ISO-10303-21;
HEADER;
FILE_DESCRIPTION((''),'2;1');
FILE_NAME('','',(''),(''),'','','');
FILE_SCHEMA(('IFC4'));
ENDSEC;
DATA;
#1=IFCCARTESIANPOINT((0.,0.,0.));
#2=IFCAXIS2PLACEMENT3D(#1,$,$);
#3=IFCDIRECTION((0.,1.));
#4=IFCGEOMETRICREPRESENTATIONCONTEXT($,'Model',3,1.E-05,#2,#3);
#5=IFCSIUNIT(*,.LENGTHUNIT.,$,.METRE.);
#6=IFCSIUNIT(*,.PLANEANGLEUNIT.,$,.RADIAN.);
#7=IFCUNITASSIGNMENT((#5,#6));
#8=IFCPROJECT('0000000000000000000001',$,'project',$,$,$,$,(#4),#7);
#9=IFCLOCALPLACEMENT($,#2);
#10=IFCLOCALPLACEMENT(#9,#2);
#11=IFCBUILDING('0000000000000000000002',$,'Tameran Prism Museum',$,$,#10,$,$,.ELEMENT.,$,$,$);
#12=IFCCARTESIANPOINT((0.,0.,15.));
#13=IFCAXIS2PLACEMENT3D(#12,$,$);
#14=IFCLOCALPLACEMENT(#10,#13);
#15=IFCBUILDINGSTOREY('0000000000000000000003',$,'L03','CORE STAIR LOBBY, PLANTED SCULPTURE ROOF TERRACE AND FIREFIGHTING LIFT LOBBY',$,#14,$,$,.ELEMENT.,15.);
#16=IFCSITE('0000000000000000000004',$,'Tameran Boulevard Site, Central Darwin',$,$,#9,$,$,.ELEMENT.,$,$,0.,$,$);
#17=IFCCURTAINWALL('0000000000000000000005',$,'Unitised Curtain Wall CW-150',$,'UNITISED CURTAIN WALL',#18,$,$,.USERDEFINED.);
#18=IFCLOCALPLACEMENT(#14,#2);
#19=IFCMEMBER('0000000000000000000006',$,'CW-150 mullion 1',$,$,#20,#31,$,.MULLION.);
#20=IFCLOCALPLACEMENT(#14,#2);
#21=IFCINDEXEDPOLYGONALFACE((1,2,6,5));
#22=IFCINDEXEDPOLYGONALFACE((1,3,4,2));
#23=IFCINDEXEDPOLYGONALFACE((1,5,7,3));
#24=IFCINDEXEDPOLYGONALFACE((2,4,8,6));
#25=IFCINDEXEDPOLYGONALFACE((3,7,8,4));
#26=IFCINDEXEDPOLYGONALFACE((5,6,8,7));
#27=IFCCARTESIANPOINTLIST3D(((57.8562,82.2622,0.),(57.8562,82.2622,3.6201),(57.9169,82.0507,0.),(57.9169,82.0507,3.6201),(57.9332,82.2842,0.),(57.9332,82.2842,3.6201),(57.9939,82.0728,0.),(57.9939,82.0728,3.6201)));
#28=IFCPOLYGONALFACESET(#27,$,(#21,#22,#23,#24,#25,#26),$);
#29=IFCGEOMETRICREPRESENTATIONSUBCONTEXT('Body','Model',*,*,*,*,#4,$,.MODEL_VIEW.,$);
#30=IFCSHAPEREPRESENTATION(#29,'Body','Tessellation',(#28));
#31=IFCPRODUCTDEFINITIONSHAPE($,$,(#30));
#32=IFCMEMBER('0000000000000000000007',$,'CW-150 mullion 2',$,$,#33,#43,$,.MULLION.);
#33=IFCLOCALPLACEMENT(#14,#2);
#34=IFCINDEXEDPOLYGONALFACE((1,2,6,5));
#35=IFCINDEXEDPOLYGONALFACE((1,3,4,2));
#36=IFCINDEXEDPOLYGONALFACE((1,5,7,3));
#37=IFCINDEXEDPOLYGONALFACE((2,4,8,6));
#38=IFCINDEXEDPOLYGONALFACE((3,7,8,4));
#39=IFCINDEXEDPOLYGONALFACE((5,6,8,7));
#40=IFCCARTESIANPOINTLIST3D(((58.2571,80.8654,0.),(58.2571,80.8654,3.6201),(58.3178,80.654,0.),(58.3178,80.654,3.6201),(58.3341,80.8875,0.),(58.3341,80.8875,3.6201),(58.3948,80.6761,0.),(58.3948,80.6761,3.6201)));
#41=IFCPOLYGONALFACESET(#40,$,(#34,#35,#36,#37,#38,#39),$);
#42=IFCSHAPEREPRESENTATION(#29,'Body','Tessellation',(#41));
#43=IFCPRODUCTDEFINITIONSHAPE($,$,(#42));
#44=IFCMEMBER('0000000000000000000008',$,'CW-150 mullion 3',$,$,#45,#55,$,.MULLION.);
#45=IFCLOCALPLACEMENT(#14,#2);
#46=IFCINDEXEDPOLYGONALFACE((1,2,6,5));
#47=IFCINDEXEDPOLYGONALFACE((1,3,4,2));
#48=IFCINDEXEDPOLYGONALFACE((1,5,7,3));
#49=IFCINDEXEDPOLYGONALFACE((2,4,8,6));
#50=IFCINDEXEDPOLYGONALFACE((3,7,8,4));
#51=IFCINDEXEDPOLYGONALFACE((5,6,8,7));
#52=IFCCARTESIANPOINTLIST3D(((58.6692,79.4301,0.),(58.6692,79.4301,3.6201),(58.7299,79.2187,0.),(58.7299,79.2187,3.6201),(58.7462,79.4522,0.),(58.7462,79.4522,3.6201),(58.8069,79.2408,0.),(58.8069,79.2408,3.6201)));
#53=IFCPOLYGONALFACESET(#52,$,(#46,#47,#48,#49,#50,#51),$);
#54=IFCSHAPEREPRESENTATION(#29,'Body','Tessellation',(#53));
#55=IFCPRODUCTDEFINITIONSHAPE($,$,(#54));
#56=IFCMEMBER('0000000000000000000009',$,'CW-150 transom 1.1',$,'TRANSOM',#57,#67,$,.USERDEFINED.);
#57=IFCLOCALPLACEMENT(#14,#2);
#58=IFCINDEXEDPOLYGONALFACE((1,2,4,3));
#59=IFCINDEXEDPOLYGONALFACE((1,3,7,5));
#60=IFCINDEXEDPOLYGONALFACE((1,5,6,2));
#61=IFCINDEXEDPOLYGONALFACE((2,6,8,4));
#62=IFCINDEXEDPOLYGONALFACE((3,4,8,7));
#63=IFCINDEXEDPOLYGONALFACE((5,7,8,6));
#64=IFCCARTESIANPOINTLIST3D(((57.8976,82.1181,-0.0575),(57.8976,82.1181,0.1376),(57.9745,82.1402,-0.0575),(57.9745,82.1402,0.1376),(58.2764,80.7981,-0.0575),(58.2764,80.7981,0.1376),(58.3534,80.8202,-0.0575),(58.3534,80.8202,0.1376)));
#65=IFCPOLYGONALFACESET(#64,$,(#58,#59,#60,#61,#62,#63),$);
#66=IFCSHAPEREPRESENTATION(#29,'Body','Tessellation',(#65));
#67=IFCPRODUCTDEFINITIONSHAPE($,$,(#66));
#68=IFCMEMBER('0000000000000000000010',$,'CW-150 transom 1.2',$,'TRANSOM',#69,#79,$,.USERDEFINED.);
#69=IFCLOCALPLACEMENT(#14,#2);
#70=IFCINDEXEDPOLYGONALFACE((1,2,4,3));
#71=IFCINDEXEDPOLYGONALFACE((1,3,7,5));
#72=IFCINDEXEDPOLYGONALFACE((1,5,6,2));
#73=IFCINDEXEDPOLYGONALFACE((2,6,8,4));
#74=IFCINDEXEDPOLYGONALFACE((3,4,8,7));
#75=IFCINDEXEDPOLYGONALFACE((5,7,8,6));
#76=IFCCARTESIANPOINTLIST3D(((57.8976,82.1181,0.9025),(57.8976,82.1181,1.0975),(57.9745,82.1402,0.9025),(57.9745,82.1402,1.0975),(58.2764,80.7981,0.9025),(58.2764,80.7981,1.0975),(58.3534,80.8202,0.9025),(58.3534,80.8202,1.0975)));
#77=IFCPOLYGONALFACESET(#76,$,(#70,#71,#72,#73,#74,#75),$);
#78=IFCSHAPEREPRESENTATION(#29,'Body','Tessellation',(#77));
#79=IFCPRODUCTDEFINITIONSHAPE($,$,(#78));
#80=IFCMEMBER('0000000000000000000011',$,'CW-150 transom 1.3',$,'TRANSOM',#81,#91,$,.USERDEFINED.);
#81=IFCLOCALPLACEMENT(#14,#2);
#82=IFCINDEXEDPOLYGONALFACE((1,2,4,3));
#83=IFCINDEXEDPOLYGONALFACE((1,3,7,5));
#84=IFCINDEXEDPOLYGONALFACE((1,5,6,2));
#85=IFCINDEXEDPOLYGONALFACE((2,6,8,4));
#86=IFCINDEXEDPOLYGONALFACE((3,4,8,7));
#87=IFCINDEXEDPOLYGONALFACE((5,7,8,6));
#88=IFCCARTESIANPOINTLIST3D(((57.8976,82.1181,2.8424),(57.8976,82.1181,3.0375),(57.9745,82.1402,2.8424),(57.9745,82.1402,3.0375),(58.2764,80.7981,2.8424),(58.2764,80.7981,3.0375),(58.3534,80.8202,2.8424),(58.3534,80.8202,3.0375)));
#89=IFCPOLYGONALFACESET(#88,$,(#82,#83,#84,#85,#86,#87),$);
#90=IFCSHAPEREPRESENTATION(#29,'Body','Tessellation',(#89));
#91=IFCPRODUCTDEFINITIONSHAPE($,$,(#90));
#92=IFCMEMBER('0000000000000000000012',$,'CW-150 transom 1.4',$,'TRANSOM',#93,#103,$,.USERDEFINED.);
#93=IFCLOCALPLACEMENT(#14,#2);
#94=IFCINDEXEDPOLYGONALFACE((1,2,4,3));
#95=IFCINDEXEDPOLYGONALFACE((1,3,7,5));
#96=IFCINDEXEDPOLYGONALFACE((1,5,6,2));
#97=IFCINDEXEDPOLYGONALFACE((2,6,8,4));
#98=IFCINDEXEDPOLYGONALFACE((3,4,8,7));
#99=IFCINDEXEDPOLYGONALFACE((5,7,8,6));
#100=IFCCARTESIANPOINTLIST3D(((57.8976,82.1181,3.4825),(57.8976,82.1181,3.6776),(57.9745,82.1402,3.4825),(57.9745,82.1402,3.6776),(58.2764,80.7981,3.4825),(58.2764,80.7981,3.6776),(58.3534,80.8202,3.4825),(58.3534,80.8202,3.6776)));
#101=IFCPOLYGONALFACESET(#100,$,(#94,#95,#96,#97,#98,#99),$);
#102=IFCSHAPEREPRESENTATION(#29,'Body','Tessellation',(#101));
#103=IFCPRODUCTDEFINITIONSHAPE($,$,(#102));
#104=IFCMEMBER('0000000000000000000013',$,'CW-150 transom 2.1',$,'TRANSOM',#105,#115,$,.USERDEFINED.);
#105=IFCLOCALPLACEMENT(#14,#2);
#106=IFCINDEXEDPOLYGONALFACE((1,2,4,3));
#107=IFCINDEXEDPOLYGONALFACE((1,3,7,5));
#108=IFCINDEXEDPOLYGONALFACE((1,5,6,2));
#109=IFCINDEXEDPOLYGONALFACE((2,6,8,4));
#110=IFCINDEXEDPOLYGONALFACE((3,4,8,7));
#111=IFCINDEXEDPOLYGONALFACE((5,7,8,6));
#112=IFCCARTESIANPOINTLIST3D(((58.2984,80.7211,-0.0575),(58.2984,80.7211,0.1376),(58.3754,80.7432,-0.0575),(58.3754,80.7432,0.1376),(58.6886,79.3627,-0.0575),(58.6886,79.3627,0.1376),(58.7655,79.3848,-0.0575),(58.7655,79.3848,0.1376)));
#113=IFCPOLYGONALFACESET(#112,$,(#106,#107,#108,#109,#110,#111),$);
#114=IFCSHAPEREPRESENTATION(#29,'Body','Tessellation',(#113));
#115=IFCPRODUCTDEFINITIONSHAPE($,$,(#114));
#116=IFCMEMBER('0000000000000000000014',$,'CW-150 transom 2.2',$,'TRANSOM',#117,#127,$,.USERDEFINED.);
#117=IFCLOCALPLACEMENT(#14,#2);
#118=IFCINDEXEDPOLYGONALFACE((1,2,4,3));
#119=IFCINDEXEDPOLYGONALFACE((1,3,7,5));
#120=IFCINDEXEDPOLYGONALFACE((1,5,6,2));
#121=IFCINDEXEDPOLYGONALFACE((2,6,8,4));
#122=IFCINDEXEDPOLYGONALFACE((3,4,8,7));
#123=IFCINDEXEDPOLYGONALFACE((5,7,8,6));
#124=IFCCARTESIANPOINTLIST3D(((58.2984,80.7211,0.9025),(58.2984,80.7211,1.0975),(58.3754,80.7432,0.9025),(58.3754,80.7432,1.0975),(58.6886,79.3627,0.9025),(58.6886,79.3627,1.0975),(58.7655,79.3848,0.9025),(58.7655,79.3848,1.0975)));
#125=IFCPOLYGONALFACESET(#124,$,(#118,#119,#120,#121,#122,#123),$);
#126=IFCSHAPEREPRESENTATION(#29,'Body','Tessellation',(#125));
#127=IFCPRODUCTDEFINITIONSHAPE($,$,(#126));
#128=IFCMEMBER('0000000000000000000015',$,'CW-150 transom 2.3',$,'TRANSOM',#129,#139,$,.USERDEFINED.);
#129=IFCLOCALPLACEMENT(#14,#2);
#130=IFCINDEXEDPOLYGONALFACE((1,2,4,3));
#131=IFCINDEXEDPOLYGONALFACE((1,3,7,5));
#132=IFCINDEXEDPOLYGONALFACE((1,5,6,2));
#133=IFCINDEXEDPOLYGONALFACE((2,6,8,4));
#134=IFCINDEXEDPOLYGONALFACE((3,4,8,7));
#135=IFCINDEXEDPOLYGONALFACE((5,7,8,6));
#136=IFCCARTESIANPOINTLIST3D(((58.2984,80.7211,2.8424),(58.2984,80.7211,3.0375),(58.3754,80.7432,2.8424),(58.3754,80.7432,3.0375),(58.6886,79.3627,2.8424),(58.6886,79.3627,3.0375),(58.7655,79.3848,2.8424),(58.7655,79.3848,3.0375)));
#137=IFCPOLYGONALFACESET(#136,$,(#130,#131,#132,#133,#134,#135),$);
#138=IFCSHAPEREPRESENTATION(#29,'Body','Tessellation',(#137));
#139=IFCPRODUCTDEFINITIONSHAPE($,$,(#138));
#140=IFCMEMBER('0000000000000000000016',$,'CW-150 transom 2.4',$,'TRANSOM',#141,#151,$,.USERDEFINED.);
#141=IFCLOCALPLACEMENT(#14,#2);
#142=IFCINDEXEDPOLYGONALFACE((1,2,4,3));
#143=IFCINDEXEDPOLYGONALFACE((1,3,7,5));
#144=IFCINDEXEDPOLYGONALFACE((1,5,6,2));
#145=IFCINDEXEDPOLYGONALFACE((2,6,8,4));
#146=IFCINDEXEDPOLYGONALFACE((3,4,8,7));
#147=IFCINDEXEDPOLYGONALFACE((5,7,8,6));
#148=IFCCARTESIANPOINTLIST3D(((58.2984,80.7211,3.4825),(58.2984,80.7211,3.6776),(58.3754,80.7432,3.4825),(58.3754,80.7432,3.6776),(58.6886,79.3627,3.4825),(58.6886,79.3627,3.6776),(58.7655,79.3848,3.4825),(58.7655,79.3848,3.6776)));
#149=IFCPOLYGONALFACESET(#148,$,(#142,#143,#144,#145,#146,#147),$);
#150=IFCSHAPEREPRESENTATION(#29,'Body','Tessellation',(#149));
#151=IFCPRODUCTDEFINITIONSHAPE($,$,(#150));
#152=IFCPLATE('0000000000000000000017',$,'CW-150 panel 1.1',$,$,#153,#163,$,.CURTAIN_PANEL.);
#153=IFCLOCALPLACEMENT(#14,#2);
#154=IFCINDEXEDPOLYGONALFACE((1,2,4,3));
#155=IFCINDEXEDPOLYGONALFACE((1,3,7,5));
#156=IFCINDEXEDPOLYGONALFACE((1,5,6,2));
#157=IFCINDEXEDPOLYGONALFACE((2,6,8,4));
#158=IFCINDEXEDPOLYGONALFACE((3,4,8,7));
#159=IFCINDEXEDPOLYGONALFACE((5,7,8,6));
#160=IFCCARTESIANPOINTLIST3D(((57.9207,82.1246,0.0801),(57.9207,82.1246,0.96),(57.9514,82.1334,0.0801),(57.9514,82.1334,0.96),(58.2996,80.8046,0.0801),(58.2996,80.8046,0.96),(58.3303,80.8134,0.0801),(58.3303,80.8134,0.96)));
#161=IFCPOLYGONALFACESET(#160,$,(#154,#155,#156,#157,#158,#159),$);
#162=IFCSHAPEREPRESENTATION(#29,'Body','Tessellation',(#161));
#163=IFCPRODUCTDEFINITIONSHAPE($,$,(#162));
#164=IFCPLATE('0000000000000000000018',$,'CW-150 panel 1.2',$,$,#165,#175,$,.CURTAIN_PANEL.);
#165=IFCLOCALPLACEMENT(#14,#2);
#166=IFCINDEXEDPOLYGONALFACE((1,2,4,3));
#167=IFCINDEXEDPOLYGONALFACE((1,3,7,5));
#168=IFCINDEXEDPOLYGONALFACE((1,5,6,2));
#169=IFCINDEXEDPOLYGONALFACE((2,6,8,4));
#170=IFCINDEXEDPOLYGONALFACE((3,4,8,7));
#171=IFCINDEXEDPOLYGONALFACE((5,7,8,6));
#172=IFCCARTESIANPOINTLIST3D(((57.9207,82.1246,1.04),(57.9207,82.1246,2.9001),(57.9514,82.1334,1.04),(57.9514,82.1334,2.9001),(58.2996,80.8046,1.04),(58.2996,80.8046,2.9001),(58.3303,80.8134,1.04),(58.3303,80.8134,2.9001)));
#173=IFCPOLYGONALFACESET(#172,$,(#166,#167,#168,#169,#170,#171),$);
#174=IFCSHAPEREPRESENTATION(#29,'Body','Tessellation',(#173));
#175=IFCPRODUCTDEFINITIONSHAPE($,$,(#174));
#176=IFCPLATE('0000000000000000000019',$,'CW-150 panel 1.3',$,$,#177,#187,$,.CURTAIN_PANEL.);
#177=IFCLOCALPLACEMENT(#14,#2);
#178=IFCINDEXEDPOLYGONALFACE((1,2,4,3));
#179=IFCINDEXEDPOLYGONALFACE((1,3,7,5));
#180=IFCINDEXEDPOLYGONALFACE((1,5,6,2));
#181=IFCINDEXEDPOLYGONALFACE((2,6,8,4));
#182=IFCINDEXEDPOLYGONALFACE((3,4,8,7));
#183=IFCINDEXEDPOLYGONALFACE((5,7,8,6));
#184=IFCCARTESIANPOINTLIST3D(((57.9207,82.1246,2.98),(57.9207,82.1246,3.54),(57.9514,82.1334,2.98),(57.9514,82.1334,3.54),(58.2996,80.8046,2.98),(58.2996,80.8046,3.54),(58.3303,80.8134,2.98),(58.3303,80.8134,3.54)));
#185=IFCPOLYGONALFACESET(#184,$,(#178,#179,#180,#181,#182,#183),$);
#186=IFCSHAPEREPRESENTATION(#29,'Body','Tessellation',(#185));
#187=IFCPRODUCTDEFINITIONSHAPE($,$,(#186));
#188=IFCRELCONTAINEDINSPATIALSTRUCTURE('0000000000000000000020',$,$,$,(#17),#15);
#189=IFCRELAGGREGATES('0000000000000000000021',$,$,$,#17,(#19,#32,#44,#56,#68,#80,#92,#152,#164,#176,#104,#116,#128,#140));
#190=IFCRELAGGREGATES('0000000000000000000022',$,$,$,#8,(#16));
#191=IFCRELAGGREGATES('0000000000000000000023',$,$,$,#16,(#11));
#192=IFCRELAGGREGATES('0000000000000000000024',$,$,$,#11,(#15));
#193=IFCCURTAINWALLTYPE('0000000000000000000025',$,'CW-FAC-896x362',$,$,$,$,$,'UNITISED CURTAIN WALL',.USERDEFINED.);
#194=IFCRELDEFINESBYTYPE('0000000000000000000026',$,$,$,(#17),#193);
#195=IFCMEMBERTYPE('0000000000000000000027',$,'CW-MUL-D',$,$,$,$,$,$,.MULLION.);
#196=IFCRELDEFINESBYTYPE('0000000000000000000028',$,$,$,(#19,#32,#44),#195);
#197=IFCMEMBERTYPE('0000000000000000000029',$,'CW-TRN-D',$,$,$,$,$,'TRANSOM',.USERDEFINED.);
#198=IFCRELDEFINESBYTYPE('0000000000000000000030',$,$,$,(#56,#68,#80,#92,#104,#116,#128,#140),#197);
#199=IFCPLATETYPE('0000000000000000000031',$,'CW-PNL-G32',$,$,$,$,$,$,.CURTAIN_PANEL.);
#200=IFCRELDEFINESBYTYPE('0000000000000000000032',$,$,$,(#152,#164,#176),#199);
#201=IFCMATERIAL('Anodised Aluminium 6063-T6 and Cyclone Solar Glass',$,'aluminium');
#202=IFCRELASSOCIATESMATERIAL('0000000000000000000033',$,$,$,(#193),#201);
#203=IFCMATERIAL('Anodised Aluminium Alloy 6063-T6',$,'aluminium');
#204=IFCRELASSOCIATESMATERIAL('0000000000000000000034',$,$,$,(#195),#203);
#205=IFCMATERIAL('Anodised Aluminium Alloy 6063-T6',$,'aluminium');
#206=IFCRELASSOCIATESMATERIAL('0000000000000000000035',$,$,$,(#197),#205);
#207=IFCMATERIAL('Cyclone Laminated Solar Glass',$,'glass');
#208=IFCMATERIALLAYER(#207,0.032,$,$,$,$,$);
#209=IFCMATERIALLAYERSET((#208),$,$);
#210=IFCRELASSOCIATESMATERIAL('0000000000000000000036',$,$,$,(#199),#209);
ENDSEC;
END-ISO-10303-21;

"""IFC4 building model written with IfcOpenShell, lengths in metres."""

from ifc_helpers import new_model, si_unit, direction, frame, origin, origin_2d, place, context, subcontext, project, spatial, rectangle, extrude, material, layer, layer_set, material_profile, profile_set, type_object, element, aggregate, save


model = new_model("IFC4")

# Units and contexts
model_context = context("Model", 3, precision=1e-05, world=origin(), true_north=direction((0.0, 1.0)))
body_context = subcontext(model_context, "Body", "Model", "MODEL_VIEW")
ifc_project = project(units=[si_unit("LENGTHUNIT", "METRE"), si_unit("PLANEANGLEUNIT", "RADIAN")], contexts=[model_context])

# Site, building, storey
site_placement = place(None, origin())
site = spatial("IfcSite", under=ifc_project, at=site_placement, Name="Tameran Boulevard Site, Central Darwin", CompositionType="ELEMENT", RefElevation=0.0)
building_placement = place(site_placement, origin())
building = spatial("IfcBuilding", under=site, at=building_placement, Name="Tameran Prism Museum", CompositionType="ELEMENT")
storey_placement = place(building_placement, frame((0.0, 0.0, 15.0)))
storey = spatial("IfcBuildingStorey", under=building, at=storey_placement, Name="L03", Description="CORE STAIR LOBBY, PLANTED SCULPTURE ROOF TERRACE AND FIREFIGHTING LIFT LOBBY", CompositionType="ELEMENT", Elevation=15.0)

# Curtain wall, members, plates
ifc_material_1 = material(Name="Anodised Aluminium 6063-T6 and Cyclone Solar Glass", Category="aluminium")
curtain_wall_type = type_object("IfcCurtainWallType", Name="CW-FAC-896x362", ElementType="UNITISED CURTAIN WALL", PredefinedType="USERDEFINED", material=ifc_material_1)
curtain_wall_placement = place(storey_placement, origin())
curtain_wall = element("IfcCurtainWall", 1, at=curtain_wall_placement, inside=storey, type_object=curtain_wall_type, Name="Unitised Curtain Wall CW-150", ObjectType="UNITISED CURTAIN WALL", PredefinedType="USERDEFINED")
ifc_material_2 = material(Name="Anodised Aluminium Alloy 6063-T6", Category="aluminium")
ifc_material_profile_1 = material_profile(ifc_material_2, rectangle(XDim=0.0801, YDim=0.22, at=origin_2d()))
ifc_profile_set_1 = profile_set([ifc_material_profile_1])
member_type_1 = type_object("IfcMemberType", Name="CW-MUL-D", PredefinedType="MULLION", material=ifc_profile_set_1)
member_1_placement = place(storey_placement, frame((57.925, 82.1675, 0.0), z_axis=(0.0, 0.0, 1.0), x_axis=(0.961186, 0.2759, 0.0)))
member_1 = element("IfcMember", 2, at=member_1_placement, type_object=member_type_1, Name="CW-150 mullion 1", PredefinedType="MULLION", context=body_context, shape_type="SweptSolid", body=[
    extrude(rectangle(XDim=0.0801, YDim=0.22, at=origin_2d()), origin(), (0.0, 0.0, 1.0), 3.6201),
])
member_2_placement = place(storey_placement, frame((58.3259, 80.7708, 0.0), z_axis=(0.0, 0.0, 1.0), x_axis=(0.961186, 0.2759, 0.0)))
member_2 = element("IfcMember", 3, at=member_2_placement, type_object=member_type_1, Name="CW-150 mullion 2", PredefinedType="MULLION", context=body_context, shape_type="SweptSolid", body=[
    extrude(rectangle(XDim=0.0801, YDim=0.22, at=origin_2d()), origin(), (0.0, 0.0, 1.0), 3.6201),
])
member_3_placement = place(storey_placement, frame((58.738, 79.3354, 0.0), z_axis=(0.0, 0.0, 1.0), x_axis=(0.961186, 0.2759, 0.0)))
member_3 = element("IfcMember", 4, at=member_3_placement, type_object=member_type_1, Name="CW-150 mullion 3", PredefinedType="MULLION", context=body_context, shape_type="SweptSolid", body=[
    extrude(rectangle(XDim=0.0801, YDim=0.22, at=origin_2d()), origin(), (0.0, 0.0, 1.0), 3.6201),
])
ifc_material_3 = material(Name="Anodised Aluminium Alloy 6063-T6", Category="aluminium")
ifc_material_profile_2 = material_profile(ifc_material_3, rectangle(XDim=0.0801, YDim=0.1951, at=origin_2d()))
ifc_profile_set_2 = profile_set([ifc_material_profile_2])
member_type_2 = type_object("IfcMemberType", Name="CW-TRN-D", ElementType="TRANSOM", PredefinedType="USERDEFINED", material=ifc_profile_set_2)
member_4_placement = place(storey_placement, frame((57.936, 82.1292, 0.04), z_axis=(0.275895, -0.961188, 0.0), x_axis=(0.961188, 0.275895, 0.0)))
member_4 = element("IfcMember", 5, at=member_4_placement, type_object=member_type_2, Name="CW-150 transom 1.1", ObjectType="TRANSOM", PredefinedType="USERDEFINED", context=body_context, shape_type="SweptSolid", body=[
    extrude(rectangle(XDim=0.0801, YDim=0.1951, at=origin_2d()), origin(), (0.0, 0.0, 1.0), 1.3733),
])
member_5_placement = place(storey_placement, frame((57.936, 82.1292, 1.0), z_axis=(0.275895, -0.961188, 0.0), x_axis=(0.961188, 0.275895, 0.0)))
member_5 = element("IfcMember", 6, at=member_5_placement, type_object=member_type_2, Name="CW-150 transom 1.2", ObjectType="TRANSOM", PredefinedType="USERDEFINED", context=body_context, shape_type="SweptSolid", body=[
    extrude(rectangle(XDim=0.0801, YDim=0.1951, at=origin_2d()), origin(), (0.0, 0.0, 1.0), 1.3733),
])
member_6_placement = place(storey_placement, frame((57.936, 82.1292, 2.9399), z_axis=(0.275895, -0.961188, 0.0), x_axis=(0.961188, 0.275895, 0.0)))
member_6 = element("IfcMember", 7, at=member_6_placement, type_object=member_type_2, Name="CW-150 transom 1.3", ObjectType="TRANSOM", PredefinedType="USERDEFINED", context=body_context, shape_type="SweptSolid", body=[
    extrude(rectangle(XDim=0.0801, YDim=0.1951, at=origin_2d()), origin(), (0.0, 0.0, 1.0), 1.3733),
])
member_7_placement = place(storey_placement, frame((57.936, 82.1292, 3.5801), z_axis=(0.275895, -0.961188, 0.0), x_axis=(0.961188, 0.275895, 0.0)))
member_7 = element("IfcMember", 8, at=member_7_placement, type_object=member_type_2, Name="CW-150 transom 1.4", ObjectType="TRANSOM", PredefinedType="USERDEFINED", context=body_context, shape_type="SweptSolid", body=[
    extrude(rectangle(XDim=0.0801, YDim=0.1951, at=origin_2d()), origin(), (0.0, 0.0, 1.0), 1.3733),
])
member_8_placement = place(storey_placement, frame((58.3369, 80.7322, 0.04), z_axis=(0.276044, -0.961145, 0.0), x_axis=(0.961145, 0.276044, 0.0)))
member_8 = element("IfcMember", 9, at=member_8_placement, type_object=member_type_2, Name="CW-150 transom 2.1", ObjectType="TRANSOM", PredefinedType="USERDEFINED", context=body_context, shape_type="SweptSolid", body=[
    extrude(rectangle(XDim=0.0801, YDim=0.1951, at=origin_2d()), origin(), (0.0, 0.0, 1.0), 1.4133),
])
member_9_placement = place(storey_placement, frame((58.3369, 80.7322, 1.0), z_axis=(0.276044, -0.961145, 0.0), x_axis=(0.961145, 0.276044, 0.0)))
member_9 = element("IfcMember", 10, at=member_9_placement, type_object=member_type_2, Name="CW-150 transom 2.2", ObjectType="TRANSOM", PredefinedType="USERDEFINED", context=body_context, shape_type="SweptSolid", body=[
    extrude(rectangle(XDim=0.0801, YDim=0.1951, at=origin_2d()), origin(), (0.0, 0.0, 1.0), 1.4133),
])
member_10_placement = place(storey_placement, frame((58.3369, 80.7322, 2.9399), z_axis=(0.276044, -0.961145, 0.0), x_axis=(0.961145, 0.276044, 0.0)))
member_10 = element("IfcMember", 11, at=member_10_placement, type_object=member_type_2, Name="CW-150 transom 2.3", ObjectType="TRANSOM", PredefinedType="USERDEFINED", context=body_context, shape_type="SweptSolid", body=[
    extrude(rectangle(XDim=0.0801, YDim=0.1951, at=origin_2d()), origin(), (0.0, 0.0, 1.0), 1.4133),
])
member_11_placement = place(storey_placement, frame((58.3369, 80.7322, 3.5801), z_axis=(0.276044, -0.961145, 0.0), x_axis=(0.961145, 0.276044, 0.0)))
member_11 = element("IfcMember", 12, at=member_11_placement, type_object=member_type_2, Name="CW-150 transom 2.4", ObjectType="TRANSOM", PredefinedType="USERDEFINED", context=body_context, shape_type="SweptSolid", body=[
    extrude(rectangle(XDim=0.0801, YDim=0.1951, at=origin_2d()), origin(), (0.0, 0.0, 1.0), 1.4133),
])
ifc_material_4 = material(Name="Cyclone Laminated Solar Glass", Category="glass")
ifc_layer = layer(ifc_material_4, 0.032)
ifc_layer_set = layer_set([ifc_layer])
plate_type = type_object("IfcPlateType", Name="CW-PNL-G32", PredefinedType="CURTAIN_PANEL", material=ifc_layer_set)
plate_1_placement = place(storey_placement, frame((58.1255, 81.469, 0.0801), z_axis=(0.0, 0.0, 1.0), x_axis=(0.2759, -0.961186, 0.0)))
plate_1 = element("IfcPlate", 13, at=plate_1_placement, type_object=plate_type, Name="CW-150 panel 1.1", PredefinedType="CURTAIN_PANEL", context=body_context, shape_type="SweptSolid", body=[
    extrude(rectangle(XDim=1.3733, YDim=0.032, at=origin_2d()), origin(), (0.0, 0.0, 1.0), 0.8799),
])
plate_2_placement = place(storey_placement, frame((58.1255, 81.469, 1.04), z_axis=(0.0, 0.0, 1.0), x_axis=(0.2759, -0.961186, 0.0)))
plate_2 = element("IfcPlate", 14, at=plate_2_placement, type_object=plate_type, Name="CW-150 panel 1.2", PredefinedType="CURTAIN_PANEL", context=body_context, shape_type="SweptSolid", body=[
    extrude(rectangle(XDim=1.3733, YDim=0.032, at=origin_2d()), origin(), (0.0, 0.0, 1.0), 1.8601),
])
plate_3_placement = place(storey_placement, frame((58.1255, 81.469, 2.98), z_axis=(0.0, 0.0, 1.0), x_axis=(0.2759, -0.961186, 0.0)))
plate_3 = element("IfcPlate", 15, at=plate_3_placement, type_object=plate_type, Name="CW-150 panel 1.3", PredefinedType="CURTAIN_PANEL", context=body_context, shape_type="SweptSolid", body=[
    extrude(rectangle(XDim=1.3733, YDim=0.032, at=origin_2d()), origin(), (0.0, 0.0, 1.0), 0.5601),
])
aggregate(curtain_wall, [member_1, member_2, member_3, member_4, member_5, member_6, member_7, plate_1, plate_2, plate_3, member_8, member_9, member_10, member_11])

save(model, "model.ifc")
